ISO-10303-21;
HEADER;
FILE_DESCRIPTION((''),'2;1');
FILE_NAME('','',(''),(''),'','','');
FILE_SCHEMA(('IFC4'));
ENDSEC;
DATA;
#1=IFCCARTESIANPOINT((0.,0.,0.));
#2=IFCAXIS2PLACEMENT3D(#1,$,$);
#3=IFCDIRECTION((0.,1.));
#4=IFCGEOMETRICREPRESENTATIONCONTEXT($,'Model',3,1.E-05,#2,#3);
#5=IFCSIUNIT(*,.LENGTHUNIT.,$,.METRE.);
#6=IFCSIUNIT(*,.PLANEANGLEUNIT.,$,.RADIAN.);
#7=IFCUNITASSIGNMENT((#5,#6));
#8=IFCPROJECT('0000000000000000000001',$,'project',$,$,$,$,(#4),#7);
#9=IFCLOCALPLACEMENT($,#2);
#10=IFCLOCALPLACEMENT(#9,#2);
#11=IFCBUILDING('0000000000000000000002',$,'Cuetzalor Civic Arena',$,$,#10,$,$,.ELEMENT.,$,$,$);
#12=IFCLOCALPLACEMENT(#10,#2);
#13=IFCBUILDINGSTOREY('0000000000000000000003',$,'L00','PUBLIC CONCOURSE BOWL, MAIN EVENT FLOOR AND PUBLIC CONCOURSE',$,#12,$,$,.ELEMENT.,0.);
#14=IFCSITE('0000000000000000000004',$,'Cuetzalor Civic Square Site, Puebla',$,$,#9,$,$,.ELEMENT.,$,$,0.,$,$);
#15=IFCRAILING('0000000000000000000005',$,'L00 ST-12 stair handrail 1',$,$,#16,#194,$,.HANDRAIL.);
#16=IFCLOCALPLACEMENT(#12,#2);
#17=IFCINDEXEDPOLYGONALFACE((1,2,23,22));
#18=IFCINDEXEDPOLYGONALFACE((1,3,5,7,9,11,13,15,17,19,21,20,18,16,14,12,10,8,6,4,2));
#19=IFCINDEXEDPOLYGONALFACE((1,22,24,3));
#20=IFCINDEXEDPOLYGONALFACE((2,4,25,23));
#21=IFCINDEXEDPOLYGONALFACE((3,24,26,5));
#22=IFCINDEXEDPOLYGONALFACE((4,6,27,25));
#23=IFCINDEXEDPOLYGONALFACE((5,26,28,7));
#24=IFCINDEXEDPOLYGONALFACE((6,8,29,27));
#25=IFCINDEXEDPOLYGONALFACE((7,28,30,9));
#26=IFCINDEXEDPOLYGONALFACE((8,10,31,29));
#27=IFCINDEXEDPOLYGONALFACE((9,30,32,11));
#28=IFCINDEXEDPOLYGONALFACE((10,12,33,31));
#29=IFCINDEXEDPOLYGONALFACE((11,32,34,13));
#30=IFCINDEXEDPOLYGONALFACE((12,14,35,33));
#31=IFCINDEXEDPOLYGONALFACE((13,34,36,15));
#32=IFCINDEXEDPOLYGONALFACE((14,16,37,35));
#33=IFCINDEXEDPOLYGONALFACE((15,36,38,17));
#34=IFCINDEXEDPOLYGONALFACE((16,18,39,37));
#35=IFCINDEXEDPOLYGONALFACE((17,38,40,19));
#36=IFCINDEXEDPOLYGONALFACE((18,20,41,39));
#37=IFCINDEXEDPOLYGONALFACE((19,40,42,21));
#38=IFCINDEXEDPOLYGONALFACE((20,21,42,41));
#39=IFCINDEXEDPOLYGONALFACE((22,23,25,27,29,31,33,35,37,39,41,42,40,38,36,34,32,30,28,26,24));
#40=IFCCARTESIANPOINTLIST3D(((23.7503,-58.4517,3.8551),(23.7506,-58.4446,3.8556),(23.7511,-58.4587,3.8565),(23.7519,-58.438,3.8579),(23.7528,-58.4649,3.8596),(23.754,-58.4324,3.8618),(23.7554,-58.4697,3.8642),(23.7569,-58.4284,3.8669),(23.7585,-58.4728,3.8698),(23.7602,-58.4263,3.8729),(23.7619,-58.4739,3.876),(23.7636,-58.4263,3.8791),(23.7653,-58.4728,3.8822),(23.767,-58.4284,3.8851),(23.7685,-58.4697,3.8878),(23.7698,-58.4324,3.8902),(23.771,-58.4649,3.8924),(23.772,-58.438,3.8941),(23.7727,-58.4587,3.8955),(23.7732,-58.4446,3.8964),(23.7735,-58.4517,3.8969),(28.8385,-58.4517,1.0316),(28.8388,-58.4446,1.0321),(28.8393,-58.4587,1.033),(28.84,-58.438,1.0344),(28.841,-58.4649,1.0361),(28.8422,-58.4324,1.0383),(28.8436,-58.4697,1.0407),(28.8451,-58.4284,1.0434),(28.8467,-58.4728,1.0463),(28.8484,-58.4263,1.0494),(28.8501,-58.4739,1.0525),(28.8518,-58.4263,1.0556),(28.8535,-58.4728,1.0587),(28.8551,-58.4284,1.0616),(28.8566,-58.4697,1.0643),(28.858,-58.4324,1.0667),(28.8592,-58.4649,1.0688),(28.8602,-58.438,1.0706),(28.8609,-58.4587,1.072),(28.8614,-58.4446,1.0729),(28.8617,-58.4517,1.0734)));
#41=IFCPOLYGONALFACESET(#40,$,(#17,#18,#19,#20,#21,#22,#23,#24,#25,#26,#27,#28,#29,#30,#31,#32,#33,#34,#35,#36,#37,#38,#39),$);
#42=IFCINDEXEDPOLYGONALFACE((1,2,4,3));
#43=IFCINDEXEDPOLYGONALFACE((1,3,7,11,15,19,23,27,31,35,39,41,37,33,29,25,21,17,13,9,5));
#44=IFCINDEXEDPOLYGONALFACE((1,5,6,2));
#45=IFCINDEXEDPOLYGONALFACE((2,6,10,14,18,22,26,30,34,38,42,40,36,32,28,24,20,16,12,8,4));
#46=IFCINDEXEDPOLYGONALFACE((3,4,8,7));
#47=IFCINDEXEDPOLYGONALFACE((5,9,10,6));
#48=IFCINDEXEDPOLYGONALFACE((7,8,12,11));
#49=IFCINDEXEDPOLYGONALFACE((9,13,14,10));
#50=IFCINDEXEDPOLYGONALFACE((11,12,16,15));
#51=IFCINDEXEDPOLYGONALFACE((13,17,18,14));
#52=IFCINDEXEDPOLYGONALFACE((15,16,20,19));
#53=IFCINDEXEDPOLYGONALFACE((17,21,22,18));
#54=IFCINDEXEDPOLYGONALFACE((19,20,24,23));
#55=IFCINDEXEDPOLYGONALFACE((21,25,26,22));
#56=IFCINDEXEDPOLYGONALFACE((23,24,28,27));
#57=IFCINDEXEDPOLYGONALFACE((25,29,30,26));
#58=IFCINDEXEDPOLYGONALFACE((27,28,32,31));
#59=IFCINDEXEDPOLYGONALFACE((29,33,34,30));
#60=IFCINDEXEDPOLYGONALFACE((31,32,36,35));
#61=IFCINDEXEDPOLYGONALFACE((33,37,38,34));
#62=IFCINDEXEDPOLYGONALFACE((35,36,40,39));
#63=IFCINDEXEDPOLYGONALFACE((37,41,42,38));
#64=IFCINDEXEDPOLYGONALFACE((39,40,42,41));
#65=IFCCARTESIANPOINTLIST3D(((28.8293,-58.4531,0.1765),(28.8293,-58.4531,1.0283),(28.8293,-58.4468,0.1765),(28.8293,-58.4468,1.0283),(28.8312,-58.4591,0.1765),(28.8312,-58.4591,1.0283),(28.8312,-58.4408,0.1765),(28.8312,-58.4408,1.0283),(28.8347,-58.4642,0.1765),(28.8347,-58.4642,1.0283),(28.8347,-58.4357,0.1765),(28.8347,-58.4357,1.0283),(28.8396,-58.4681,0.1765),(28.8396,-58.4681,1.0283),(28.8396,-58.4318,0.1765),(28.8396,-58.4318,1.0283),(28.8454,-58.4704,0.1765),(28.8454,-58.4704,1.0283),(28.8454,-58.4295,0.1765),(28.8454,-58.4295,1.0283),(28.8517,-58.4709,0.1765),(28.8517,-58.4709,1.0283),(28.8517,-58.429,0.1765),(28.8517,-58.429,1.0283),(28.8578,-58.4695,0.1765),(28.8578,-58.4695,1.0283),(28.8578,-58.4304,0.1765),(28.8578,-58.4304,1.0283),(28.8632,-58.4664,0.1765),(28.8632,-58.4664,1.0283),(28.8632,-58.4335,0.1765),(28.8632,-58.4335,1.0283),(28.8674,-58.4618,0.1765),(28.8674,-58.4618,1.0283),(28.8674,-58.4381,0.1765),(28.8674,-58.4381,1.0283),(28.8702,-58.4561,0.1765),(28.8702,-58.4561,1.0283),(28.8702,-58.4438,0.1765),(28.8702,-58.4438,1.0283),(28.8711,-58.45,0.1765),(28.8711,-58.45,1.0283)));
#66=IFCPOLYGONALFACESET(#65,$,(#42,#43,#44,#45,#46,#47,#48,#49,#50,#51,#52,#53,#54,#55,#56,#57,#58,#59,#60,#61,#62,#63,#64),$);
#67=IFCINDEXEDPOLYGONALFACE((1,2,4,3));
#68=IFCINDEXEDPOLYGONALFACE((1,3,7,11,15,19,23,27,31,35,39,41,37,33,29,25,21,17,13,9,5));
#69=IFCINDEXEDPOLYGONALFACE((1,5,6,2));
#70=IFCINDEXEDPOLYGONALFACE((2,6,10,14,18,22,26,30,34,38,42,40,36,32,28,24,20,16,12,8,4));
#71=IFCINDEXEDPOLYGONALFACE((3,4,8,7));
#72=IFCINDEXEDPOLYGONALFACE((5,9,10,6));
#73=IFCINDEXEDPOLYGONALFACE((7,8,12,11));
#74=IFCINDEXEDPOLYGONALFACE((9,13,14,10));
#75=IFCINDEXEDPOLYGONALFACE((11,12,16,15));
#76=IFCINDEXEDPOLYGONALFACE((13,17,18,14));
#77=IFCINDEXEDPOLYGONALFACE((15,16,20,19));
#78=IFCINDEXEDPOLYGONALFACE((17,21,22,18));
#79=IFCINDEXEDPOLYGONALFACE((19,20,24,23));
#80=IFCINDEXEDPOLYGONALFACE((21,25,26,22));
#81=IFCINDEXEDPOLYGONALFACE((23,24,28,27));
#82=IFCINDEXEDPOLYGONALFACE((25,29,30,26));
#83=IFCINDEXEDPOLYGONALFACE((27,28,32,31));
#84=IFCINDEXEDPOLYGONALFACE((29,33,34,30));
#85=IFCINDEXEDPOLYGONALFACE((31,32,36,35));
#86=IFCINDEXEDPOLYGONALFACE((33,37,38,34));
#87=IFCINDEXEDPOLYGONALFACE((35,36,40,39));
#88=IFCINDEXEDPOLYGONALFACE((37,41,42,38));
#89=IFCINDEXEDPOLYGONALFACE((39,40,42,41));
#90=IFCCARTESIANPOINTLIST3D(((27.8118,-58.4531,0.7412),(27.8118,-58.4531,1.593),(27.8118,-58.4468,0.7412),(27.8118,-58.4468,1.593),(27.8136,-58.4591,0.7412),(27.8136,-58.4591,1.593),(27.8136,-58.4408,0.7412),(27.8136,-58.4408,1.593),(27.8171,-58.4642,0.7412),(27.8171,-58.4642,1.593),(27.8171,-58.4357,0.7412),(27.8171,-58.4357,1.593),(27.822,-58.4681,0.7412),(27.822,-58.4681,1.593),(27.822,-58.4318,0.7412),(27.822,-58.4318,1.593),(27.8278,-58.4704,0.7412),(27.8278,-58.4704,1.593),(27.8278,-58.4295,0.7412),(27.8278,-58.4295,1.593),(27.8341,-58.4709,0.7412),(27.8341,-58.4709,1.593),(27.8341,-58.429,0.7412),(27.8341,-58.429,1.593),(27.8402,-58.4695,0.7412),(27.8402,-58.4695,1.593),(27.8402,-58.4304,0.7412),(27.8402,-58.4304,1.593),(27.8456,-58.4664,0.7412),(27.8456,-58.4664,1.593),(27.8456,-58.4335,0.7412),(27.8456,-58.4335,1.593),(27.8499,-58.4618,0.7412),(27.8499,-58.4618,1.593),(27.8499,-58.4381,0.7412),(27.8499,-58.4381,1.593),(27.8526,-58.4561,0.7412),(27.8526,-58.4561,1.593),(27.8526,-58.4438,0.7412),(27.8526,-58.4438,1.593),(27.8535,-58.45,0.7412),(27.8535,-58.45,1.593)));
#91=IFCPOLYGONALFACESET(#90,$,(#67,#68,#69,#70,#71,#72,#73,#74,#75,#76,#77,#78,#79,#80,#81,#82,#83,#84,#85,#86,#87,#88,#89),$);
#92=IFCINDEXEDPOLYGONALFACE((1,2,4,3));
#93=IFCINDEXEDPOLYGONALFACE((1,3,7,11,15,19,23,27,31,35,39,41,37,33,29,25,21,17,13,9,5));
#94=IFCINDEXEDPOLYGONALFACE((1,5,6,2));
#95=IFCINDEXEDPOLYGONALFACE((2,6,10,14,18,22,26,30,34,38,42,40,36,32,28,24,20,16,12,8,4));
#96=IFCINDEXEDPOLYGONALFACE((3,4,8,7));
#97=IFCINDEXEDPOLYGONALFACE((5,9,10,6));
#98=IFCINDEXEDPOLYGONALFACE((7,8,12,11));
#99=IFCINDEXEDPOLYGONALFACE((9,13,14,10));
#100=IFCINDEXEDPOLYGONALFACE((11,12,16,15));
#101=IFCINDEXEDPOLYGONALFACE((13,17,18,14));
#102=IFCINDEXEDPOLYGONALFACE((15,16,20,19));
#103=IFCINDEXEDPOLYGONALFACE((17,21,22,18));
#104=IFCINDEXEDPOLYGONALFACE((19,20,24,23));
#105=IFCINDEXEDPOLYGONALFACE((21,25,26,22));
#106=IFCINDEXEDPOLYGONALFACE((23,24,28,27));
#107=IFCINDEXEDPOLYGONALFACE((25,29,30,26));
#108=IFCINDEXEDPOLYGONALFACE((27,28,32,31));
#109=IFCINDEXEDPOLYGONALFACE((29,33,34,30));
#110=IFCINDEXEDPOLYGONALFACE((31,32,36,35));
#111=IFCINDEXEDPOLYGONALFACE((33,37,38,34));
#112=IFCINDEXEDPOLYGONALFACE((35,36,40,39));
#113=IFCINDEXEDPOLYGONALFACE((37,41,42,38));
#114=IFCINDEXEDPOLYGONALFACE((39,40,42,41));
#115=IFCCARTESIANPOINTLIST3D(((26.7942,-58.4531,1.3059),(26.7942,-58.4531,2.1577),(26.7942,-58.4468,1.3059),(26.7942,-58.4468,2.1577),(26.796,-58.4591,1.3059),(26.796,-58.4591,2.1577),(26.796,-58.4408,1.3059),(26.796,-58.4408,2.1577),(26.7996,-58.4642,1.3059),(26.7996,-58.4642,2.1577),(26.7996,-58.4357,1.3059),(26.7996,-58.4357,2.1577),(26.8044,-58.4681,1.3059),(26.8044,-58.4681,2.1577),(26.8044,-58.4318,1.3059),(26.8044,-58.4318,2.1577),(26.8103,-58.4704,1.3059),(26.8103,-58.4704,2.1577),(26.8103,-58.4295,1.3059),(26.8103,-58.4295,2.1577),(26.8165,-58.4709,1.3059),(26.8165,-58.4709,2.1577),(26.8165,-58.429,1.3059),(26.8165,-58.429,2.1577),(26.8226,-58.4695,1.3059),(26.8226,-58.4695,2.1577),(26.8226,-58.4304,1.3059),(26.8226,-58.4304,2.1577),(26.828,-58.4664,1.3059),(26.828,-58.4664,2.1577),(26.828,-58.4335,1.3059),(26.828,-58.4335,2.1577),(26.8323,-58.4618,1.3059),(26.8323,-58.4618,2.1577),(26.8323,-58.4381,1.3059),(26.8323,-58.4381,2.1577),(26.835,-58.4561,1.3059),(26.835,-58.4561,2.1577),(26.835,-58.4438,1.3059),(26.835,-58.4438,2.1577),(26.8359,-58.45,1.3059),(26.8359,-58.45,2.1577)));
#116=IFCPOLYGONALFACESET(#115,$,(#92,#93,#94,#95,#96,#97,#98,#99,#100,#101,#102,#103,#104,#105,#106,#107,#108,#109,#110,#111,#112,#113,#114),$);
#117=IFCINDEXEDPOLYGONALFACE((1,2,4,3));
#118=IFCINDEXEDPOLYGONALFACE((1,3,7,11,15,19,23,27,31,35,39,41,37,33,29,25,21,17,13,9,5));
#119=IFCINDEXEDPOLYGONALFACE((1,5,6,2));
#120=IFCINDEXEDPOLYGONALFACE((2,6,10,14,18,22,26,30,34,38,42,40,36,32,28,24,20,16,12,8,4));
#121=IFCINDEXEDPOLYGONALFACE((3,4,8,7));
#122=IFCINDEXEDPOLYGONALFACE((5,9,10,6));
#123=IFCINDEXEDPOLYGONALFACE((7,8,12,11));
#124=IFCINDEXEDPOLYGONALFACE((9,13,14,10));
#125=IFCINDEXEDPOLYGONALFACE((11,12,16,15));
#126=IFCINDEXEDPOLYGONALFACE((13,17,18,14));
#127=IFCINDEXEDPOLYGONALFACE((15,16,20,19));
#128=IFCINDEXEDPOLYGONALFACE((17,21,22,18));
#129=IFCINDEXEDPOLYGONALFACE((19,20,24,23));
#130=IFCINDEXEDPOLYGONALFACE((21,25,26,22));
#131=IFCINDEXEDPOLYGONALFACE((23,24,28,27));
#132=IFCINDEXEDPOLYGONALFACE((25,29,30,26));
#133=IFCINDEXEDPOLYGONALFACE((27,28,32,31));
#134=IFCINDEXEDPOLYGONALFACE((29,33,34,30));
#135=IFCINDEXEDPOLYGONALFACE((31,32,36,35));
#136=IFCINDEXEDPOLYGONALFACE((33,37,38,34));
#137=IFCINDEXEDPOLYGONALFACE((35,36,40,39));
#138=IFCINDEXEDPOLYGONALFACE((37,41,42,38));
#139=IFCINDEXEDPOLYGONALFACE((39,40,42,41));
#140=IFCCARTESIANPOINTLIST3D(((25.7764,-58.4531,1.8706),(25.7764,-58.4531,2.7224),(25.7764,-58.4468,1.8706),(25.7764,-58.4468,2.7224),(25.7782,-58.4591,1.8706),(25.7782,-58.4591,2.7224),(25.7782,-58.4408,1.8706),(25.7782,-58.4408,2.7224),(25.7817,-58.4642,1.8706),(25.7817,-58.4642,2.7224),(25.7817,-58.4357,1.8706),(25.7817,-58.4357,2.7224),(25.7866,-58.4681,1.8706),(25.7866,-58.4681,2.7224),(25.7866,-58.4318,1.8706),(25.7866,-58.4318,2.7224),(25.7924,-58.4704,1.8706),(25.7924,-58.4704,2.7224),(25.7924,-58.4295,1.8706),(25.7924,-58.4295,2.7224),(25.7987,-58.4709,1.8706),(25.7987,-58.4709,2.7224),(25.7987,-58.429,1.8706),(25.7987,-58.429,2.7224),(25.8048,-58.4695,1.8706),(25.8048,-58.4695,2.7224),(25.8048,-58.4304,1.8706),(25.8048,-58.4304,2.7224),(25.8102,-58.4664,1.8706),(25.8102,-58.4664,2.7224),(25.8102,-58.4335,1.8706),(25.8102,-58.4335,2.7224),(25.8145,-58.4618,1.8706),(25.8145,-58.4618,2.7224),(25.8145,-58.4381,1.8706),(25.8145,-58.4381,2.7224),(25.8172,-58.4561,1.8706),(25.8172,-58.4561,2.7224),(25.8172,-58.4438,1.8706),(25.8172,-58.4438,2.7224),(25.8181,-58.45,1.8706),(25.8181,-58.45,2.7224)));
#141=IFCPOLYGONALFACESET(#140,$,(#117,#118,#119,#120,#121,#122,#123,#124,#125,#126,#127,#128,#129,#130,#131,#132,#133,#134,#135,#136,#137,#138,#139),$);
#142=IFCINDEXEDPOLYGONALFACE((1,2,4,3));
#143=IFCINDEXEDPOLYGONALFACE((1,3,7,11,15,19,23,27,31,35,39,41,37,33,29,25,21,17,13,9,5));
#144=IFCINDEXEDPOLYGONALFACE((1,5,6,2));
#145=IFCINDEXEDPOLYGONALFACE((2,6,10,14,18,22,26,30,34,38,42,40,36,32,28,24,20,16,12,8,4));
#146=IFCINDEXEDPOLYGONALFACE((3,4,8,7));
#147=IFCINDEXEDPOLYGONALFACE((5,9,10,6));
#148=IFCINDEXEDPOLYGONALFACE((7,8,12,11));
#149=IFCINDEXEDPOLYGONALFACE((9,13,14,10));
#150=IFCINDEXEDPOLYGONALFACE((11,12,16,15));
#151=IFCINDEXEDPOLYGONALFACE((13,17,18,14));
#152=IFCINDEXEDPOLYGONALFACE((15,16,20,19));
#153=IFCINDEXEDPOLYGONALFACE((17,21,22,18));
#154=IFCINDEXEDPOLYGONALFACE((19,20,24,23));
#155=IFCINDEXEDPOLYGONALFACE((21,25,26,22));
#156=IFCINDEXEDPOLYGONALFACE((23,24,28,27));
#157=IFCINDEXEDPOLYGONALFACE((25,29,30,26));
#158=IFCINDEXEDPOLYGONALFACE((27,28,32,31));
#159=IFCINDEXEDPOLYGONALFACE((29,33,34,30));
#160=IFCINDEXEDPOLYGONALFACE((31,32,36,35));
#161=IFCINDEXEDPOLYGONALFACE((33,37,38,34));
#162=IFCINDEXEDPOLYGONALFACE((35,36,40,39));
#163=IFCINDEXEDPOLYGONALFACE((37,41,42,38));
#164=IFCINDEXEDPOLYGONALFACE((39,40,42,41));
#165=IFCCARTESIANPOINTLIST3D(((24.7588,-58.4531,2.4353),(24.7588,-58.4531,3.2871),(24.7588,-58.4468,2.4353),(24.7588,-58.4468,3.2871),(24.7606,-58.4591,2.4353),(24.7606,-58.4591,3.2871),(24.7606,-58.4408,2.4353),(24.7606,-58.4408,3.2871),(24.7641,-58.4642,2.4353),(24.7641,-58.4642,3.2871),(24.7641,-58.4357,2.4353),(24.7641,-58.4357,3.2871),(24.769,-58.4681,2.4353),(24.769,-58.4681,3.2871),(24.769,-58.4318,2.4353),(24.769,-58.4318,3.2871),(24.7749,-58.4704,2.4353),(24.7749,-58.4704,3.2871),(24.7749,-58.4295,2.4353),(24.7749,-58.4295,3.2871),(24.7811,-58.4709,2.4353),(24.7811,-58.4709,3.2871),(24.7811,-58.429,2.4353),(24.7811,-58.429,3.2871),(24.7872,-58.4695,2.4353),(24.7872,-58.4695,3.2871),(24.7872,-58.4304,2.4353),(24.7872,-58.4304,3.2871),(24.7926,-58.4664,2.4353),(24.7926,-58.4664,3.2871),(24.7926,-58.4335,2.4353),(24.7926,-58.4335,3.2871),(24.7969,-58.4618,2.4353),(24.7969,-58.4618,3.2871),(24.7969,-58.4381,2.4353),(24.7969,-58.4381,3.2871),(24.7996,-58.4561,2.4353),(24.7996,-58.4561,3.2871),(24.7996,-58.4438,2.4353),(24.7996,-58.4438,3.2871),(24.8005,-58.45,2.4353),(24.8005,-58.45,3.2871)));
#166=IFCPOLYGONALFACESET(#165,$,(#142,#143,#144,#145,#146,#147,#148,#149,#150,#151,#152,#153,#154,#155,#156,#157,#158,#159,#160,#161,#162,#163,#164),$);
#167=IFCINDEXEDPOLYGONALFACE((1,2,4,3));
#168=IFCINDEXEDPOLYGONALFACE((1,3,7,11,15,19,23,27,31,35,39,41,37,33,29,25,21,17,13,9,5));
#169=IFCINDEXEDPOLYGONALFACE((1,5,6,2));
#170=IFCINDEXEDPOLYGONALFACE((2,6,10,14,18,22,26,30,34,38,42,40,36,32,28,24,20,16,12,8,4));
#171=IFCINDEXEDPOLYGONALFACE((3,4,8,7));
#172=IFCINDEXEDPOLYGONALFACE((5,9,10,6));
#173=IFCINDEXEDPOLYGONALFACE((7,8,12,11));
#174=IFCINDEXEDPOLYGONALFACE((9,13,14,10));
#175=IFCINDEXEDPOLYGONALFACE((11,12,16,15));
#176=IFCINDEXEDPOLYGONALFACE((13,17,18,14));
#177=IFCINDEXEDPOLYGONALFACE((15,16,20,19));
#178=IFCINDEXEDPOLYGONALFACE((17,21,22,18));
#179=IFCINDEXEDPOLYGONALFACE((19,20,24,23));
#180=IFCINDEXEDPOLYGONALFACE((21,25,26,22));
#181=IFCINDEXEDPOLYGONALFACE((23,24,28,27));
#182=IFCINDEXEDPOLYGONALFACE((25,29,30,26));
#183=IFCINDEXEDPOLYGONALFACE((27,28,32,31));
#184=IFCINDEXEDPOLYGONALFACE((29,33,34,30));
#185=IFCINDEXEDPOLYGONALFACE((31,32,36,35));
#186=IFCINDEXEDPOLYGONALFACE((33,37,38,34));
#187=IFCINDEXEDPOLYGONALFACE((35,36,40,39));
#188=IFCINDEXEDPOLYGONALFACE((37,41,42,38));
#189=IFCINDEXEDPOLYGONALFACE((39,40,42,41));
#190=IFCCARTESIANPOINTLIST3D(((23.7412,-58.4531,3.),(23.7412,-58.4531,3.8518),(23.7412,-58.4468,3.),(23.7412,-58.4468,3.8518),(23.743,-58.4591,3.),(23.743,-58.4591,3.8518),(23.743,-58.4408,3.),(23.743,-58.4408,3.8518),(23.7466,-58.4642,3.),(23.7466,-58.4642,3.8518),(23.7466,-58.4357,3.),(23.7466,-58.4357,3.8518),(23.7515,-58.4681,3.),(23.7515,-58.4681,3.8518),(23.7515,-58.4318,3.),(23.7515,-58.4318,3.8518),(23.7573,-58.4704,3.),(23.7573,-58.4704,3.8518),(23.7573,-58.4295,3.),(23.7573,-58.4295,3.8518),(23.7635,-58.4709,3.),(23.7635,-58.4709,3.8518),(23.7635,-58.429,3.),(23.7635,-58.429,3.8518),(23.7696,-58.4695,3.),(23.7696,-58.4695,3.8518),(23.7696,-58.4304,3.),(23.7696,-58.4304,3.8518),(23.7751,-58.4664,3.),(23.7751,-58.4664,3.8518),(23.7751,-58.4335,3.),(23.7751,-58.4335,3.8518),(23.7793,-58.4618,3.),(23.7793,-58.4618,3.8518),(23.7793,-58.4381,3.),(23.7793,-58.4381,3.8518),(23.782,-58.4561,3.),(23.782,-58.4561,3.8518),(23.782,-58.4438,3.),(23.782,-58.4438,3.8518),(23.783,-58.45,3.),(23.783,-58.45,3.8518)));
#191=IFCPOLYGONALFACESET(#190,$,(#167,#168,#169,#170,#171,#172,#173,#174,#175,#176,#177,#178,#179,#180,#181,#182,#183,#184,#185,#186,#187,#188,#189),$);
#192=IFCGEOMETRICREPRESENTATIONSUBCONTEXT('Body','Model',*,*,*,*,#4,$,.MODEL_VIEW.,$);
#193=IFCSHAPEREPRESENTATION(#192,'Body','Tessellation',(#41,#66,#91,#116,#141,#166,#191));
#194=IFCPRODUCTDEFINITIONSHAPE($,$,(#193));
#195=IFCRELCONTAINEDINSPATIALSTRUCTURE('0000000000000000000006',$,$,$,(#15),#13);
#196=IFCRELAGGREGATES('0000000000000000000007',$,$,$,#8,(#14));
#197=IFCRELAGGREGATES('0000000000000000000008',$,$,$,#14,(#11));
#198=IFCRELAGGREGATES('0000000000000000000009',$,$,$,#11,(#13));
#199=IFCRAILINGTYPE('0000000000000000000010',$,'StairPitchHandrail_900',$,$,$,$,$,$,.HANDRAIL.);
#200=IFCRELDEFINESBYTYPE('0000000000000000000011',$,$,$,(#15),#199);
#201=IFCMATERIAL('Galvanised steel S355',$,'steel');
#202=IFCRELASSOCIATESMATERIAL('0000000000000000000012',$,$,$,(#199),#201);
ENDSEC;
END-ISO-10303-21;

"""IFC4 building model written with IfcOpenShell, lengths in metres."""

from ifc_helpers import new_model, si_unit, direction, frame, origin, origin_2d, place, context, subcontext, project, spatial, circle, extrude, material, type_object, element, save


model = new_model("IFC4")

# Units and contexts
model_context = context("Model", 3, precision=1e-05, world=origin(), true_north=direction((0.0, 1.0)))
body_context = subcontext(model_context, "Body", "Model", "MODEL_VIEW")
ifc_project = project(units=[si_unit("LENGTHUNIT", "METRE"), si_unit("PLANEANGLEUNIT", "RADIAN")], contexts=[model_context])

# Site, building, storey
site_placement = place(None, origin())
site = spatial("IfcSite", under=ifc_project, at=site_placement, Name="Cuetzalor Civic Square Site, Puebla", CompositionType="ELEMENT", RefElevation=0.0)
building_placement = place(site_placement, origin())
building = spatial("IfcBuilding", under=site, at=building_placement, Name="Cuetzalor Civic Arena", CompositionType="ELEMENT")
storey_placement = place(building_placement, origin())
storey = spatial("IfcBuildingStorey", under=building, at=storey_placement, Name="L00", Description="PUBLIC CONCOURSE BOWL, MAIN EVENT FLOOR AND PUBLIC CONCOURSE", CompositionType="ELEMENT", Elevation=0.0)

# Railing
ifc_material_1 = material(Name="Galvanised steel S355", Category="steel")
railing_type_1 = type_object("IfcRailingType", Name="StairPitchHandrail_900", PredefinedType="HANDRAIL", material=ifc_material_1)
railing_1_placement = place(storey_placement, frame((28.8501, -58.45, 0.1765)))
element("IfcRailing", 1, at=railing_1_placement, inside=storey, type_object=railing_type_1, Name="L00 ST-12 stair handrail 1", PredefinedType="HANDRAIL", context=body_context, shape_type="SweptSolid", body=[
    extrude(circle(Radius=0.0239, at=origin_2d()), frame((0.0, 0.0, 0.876), z_axis=(-0.874395, 0.0, 0.485215), x_axis=(0.0, -1.0, 0.0)), (0.0, 0.0, 1.0), 5.8191),
    extrude(circle(Radius=0.021, at=origin_2d()), origin(), (0.0, 0.0, 1.0), 0.8518),
    extrude(circle(Radius=0.021, at=origin_2d()), frame((-1.0176, 0.0, 0.5647)), (0.0, 0.0, 1.0), 0.8518),
    extrude(circle(Radius=0.021, at=origin_2d()), frame((-2.0352, 0.0, 1.1294)), (0.0, 0.0, 1.0), 0.8518),
    extrude(circle(Radius=0.021, at=origin_2d()), frame((-3.053, 0.0, 1.6941)), (0.0, 0.0, 1.0), 0.8518),
    extrude(circle(Radius=0.021, at=origin_2d()), frame((-4.0706, 0.0, 2.2588)), (0.0, 0.0, 1.0), 0.8518),
    extrude(circle(Radius=0.021, at=origin_2d()), frame((-5.0881, 0.0, 2.8235)), (0.0, 0.0, 1.0), 0.8518),
])

save(model, "model.ifc")
